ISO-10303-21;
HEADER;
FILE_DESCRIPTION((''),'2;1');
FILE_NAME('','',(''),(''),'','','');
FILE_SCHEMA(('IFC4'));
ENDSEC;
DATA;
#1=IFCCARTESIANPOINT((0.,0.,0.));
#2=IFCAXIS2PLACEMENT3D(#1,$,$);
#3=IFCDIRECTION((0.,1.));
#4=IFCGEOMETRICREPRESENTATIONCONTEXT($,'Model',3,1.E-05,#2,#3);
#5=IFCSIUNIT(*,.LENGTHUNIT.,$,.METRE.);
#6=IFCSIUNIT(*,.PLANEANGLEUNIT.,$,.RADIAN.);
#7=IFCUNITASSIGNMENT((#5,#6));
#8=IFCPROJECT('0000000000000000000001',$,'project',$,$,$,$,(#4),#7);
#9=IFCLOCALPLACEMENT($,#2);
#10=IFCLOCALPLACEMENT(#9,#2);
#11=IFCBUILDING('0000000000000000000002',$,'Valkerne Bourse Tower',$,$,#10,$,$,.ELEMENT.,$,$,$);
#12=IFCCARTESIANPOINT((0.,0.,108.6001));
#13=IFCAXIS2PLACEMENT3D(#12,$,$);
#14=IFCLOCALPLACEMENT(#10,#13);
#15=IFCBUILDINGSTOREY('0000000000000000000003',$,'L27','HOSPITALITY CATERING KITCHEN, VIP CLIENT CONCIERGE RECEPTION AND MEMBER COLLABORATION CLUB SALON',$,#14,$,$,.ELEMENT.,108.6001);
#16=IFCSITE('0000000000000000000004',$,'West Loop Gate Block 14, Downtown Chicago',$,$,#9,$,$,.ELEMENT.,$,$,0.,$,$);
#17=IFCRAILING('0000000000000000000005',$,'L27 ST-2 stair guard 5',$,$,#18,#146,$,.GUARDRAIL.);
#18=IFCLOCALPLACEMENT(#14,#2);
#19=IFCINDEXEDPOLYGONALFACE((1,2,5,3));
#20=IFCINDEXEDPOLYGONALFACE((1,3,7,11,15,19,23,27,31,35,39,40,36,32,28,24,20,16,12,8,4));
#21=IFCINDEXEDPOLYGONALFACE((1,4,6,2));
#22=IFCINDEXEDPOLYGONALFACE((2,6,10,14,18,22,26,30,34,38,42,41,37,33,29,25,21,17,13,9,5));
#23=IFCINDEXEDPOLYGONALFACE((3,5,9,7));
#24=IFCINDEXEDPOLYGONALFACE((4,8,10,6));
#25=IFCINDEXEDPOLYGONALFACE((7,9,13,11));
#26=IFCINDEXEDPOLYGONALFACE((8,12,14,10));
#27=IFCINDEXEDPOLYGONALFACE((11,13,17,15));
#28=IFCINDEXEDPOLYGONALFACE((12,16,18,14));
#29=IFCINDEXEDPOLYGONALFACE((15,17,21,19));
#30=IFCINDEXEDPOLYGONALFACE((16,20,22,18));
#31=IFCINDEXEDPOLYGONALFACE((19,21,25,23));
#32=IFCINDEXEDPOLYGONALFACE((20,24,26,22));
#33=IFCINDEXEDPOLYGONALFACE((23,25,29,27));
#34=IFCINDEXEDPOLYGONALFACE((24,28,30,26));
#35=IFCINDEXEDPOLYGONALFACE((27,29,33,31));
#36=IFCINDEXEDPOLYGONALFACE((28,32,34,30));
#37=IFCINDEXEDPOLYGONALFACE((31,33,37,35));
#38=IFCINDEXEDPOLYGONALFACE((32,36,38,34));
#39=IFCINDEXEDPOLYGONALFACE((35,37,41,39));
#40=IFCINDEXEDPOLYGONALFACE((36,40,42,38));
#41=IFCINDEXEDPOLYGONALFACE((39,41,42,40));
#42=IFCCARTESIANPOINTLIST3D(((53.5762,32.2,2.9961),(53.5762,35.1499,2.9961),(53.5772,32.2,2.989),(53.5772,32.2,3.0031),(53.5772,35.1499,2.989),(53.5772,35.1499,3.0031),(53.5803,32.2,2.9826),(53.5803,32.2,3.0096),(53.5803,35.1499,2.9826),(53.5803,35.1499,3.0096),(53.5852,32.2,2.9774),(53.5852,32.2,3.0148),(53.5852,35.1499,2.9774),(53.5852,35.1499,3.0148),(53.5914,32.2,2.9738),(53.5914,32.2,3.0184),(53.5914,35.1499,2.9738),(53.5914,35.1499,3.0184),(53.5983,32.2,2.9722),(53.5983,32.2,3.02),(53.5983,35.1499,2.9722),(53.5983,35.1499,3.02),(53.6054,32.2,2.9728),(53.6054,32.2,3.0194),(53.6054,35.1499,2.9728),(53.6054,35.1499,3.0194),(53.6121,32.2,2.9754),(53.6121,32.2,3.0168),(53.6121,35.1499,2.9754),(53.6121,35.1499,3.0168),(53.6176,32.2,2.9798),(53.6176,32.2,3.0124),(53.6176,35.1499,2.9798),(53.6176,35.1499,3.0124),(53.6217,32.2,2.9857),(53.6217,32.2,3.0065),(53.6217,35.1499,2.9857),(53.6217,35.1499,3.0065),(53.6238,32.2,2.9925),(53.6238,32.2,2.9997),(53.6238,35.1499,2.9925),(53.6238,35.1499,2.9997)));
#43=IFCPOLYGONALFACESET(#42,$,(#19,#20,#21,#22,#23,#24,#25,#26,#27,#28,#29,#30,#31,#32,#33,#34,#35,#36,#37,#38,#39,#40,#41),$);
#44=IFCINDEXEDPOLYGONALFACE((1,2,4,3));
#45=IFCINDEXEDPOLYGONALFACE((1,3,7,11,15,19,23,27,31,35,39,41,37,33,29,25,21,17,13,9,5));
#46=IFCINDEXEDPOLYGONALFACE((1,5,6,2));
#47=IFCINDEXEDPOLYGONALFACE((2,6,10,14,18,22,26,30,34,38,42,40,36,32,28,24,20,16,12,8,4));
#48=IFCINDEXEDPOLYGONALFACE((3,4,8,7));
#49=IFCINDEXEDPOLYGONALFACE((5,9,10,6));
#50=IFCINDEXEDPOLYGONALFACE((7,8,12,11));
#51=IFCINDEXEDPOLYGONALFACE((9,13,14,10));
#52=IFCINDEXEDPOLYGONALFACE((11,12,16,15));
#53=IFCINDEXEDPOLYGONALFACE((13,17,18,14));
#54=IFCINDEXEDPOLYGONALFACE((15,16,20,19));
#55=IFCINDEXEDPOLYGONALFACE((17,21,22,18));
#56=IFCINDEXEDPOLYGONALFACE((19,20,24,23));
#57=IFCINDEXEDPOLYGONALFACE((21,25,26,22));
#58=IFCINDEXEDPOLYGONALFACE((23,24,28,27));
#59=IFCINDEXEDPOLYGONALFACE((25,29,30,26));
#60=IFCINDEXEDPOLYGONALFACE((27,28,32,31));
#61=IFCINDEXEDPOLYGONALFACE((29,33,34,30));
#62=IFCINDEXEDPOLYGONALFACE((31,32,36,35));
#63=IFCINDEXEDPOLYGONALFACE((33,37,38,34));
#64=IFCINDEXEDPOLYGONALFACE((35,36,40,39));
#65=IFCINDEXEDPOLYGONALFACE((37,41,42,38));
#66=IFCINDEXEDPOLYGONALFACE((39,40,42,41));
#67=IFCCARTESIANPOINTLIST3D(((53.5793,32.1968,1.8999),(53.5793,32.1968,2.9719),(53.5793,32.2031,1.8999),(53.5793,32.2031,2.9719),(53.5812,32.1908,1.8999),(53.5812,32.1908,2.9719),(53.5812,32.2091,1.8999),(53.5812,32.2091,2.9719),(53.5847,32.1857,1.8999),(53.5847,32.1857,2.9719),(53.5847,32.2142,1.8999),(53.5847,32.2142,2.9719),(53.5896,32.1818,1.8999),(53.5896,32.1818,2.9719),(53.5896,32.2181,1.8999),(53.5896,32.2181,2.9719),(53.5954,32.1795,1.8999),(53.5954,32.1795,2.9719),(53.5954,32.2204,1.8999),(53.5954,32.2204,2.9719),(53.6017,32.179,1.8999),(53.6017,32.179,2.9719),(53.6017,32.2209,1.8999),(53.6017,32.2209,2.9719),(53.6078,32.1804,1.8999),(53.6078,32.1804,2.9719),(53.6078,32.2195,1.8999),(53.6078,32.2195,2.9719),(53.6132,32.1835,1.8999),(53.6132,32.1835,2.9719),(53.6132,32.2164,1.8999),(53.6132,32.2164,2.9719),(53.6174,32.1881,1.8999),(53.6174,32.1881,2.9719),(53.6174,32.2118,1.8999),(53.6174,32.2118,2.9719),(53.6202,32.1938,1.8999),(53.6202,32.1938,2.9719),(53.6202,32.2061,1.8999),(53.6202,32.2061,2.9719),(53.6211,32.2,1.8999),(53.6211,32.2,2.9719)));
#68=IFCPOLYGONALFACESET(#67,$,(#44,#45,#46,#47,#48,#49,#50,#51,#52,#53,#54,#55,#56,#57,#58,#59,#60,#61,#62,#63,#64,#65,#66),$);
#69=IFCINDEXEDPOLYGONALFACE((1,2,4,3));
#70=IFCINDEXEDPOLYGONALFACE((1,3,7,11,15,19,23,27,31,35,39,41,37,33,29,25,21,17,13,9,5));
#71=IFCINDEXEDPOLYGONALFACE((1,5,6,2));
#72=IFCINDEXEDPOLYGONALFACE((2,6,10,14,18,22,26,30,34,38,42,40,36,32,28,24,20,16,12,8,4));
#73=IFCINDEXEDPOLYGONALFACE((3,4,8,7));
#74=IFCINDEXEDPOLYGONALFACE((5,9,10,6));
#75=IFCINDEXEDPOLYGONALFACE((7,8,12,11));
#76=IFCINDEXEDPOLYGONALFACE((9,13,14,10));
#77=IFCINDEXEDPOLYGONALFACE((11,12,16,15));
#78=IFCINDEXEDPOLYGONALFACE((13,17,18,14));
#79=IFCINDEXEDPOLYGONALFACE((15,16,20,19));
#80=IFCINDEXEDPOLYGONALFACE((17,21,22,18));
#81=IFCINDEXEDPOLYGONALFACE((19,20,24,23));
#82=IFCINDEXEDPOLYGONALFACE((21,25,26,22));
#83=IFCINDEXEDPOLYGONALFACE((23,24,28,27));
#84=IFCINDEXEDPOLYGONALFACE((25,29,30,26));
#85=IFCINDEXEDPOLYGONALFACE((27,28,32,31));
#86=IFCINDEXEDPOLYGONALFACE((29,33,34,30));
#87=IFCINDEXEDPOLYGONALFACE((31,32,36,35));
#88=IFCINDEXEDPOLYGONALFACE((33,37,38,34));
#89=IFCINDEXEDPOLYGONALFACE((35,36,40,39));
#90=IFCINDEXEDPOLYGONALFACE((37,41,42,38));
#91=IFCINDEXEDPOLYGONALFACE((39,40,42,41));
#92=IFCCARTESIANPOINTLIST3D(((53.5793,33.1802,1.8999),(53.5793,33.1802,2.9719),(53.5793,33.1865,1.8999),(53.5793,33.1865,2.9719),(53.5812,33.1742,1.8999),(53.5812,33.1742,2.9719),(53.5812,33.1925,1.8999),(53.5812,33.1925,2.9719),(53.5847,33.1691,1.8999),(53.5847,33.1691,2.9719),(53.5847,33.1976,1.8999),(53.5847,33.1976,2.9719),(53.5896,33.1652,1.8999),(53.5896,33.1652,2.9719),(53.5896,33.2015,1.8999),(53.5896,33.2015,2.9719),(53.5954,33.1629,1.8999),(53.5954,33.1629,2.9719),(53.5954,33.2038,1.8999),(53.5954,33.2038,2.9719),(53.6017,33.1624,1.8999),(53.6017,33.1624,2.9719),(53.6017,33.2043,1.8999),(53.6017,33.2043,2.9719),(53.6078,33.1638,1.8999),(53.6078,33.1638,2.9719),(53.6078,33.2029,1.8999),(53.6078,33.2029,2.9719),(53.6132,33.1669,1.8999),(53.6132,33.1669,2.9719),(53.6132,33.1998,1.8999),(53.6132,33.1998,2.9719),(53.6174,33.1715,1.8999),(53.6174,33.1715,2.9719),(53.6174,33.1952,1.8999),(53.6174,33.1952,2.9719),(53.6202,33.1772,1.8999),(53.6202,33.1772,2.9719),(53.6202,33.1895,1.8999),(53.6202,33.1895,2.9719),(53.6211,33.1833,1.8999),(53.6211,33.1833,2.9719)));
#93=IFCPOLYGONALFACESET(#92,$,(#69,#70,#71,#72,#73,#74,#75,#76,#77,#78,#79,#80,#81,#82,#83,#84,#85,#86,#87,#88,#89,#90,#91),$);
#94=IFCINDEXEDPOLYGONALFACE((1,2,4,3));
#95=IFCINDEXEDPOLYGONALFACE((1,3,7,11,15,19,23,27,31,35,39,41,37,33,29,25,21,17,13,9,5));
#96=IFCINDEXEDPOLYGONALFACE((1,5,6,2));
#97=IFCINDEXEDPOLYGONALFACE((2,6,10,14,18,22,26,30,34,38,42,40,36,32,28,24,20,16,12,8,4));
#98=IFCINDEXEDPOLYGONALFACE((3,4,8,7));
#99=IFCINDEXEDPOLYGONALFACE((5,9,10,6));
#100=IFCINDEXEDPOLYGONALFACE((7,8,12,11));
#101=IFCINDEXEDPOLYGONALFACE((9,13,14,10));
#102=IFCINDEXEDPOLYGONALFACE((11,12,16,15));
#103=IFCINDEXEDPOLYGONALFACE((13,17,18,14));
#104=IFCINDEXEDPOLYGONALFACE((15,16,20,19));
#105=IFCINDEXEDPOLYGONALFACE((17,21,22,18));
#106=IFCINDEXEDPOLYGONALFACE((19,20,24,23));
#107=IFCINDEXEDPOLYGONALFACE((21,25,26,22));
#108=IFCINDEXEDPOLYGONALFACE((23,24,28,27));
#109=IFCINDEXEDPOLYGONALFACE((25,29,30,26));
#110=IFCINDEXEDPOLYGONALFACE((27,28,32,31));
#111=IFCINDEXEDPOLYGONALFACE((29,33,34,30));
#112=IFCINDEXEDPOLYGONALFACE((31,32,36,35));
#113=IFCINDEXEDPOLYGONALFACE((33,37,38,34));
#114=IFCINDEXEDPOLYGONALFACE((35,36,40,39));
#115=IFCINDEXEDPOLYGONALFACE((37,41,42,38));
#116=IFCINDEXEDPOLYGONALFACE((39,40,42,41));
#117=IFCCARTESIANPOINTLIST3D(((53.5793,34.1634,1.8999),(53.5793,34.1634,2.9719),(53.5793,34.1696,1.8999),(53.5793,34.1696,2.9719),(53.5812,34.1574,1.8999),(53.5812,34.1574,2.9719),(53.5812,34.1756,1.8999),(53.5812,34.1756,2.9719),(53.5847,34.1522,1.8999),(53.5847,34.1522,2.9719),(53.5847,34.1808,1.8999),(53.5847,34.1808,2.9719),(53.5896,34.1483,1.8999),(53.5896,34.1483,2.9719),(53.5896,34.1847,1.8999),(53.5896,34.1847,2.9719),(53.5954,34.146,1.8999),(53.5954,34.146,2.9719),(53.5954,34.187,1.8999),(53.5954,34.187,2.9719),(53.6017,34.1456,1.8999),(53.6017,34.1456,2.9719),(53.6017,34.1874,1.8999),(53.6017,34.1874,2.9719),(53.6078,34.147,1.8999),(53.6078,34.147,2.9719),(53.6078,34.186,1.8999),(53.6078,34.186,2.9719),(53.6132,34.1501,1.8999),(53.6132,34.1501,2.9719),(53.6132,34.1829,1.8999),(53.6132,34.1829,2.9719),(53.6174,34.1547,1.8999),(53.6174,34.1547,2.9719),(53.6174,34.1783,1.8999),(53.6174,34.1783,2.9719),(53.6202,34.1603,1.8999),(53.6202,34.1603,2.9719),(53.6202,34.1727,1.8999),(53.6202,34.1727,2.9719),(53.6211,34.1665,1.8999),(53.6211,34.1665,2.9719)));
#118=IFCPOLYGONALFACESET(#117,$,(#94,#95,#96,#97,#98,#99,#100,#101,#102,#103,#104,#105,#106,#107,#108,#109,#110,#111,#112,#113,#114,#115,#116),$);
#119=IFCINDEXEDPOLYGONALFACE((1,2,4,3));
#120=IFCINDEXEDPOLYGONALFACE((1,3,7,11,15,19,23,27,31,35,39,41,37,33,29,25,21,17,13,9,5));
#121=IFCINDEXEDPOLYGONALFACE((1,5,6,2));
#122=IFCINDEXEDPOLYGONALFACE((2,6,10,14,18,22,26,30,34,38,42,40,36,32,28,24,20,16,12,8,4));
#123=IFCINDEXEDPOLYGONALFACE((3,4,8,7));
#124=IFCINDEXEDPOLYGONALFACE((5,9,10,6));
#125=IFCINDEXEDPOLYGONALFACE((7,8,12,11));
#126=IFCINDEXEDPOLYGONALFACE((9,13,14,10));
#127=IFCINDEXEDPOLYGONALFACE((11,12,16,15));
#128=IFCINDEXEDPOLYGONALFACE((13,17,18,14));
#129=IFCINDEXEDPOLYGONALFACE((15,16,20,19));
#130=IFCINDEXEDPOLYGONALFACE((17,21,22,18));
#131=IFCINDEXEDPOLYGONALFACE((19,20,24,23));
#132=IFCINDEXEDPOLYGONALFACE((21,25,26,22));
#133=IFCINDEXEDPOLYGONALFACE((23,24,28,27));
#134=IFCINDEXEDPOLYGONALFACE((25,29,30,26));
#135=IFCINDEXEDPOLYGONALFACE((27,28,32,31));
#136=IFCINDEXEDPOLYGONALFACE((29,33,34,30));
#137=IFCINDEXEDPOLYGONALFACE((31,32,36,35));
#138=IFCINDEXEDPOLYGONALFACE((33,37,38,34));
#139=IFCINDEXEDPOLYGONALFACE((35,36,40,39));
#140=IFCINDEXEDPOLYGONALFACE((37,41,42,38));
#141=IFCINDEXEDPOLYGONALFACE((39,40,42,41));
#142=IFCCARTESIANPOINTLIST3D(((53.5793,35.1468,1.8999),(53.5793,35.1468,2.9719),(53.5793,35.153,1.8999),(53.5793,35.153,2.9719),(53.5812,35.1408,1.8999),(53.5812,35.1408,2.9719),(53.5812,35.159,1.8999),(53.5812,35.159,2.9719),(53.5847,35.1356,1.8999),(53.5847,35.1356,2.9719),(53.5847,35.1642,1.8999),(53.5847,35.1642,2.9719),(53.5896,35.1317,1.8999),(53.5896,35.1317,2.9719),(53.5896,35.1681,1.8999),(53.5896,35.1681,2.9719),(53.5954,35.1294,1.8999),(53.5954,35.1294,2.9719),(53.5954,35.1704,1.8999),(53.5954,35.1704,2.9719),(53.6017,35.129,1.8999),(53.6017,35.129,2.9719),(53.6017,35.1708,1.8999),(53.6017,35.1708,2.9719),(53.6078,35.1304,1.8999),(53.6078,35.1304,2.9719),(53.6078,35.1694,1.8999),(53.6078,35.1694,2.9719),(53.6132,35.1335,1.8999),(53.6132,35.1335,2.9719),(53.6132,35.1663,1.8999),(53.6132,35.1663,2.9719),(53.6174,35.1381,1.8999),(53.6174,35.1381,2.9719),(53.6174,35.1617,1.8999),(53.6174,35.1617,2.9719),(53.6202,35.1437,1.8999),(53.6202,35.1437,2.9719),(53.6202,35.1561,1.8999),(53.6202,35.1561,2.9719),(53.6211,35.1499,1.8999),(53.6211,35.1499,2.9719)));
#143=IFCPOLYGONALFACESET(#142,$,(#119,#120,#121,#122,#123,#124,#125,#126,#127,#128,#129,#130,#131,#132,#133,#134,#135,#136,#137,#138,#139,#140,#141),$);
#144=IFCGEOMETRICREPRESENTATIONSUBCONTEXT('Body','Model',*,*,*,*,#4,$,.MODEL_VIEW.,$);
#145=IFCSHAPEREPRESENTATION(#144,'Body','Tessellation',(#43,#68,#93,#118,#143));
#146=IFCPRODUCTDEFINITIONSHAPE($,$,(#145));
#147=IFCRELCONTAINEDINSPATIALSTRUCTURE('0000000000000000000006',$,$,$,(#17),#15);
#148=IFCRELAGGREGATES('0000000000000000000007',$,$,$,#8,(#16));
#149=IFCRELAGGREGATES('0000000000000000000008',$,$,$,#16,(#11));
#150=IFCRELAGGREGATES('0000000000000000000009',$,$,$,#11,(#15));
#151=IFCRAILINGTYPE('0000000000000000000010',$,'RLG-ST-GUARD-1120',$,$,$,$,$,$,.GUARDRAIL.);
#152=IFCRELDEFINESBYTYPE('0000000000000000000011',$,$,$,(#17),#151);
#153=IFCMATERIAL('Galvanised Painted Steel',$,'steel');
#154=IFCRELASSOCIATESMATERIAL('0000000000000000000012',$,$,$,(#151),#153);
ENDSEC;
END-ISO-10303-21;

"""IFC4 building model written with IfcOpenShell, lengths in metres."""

from ifc_helpers import new_model, si_unit, direction, frame, origin, origin_2d, place, context, subcontext, project, spatial, circle, extrude, material, type_object, element, save


model = new_model("IFC4")

# Units and contexts
model_context = context("Model", 3, precision=1e-05, world=origin(), true_north=direction((0.0, 1.0)))
body_context = subcontext(model_context, "Body", "Model", "MODEL_VIEW")
ifc_project = project(units=[si_unit("LENGTHUNIT", "METRE"), si_unit("PLANEANGLEUNIT", "RADIAN")], contexts=[model_context])

# Site, building, storey
site_placement = place(None, origin())
site = spatial("IfcSite", under=ifc_project, at=site_placement, Name="West Loop Gate Block 14, Downtown Chicago", CompositionType="ELEMENT", RefElevation=0.0)
building_placement = place(site_placement, origin())
building = spatial("IfcBuilding", under=site, at=building_placement, Name="Valkerne Bourse Tower", CompositionType="ELEMENT")
storey_placement = place(building_placement, frame((0.0, 0.0, 108.6001)))
storey = spatial("IfcBuildingStorey", under=building, at=storey_placement, Name="L27", Description="HOSPITALITY CATERING KITCHEN, VIP CLIENT CONCIERGE RECEPTION AND MEMBER COLLABORATION CLUB SALON", CompositionType="ELEMENT", Elevation=108.6001)

# Railing
ifc_material_1 = material(Name="Galvanised Painted Steel", Category="steel")
railing_type_1 = type_object("IfcRailingType", Name="RLG-ST-GUARD-1120", PredefinedType="GUARDRAIL", material=ifc_material_1)
railing_1_placement = place(storey_placement, frame((53.6001, 32.2, 1.8999)))
element("IfcRailing", 1, at=railing_1_placement, inside=storey, type_object=railing_type_1, Name="L27 ST-2 stair guard 5", PredefinedType="GUARDRAIL", context=body_context, shape_type="SweptSolid", body=[
    extrude(circle(Radius=0.0239, at=origin_2d()), frame((0.0, 0.0, 1.0962), z_axis=(0.0, 1.0, 0.0), x_axis=(-1.0, 0.0, 0.0)), (0.0, 0.0, 1.0), 2.95),
    extrude(circle(Radius=0.021, at=origin_2d()), origin(), (0.0, 0.0, 1.0), 1.072),
    extrude(circle(Radius=0.021, at=origin_2d()), frame((0.0, 0.9834, 0.0)), (0.0, 0.0, 1.0), 1.072),
    extrude(circle(Radius=0.021, at=origin_2d()), frame((0.0, 1.9666, 0.0)), (0.0, 0.0, 1.0), 1.072),
    extrude(circle(Radius=0.021, at=origin_2d()), frame((0.0, 2.95, 0.0)), (0.0, 0.0, 1.0), 1.072),
])

save(model, "model.ifc")
